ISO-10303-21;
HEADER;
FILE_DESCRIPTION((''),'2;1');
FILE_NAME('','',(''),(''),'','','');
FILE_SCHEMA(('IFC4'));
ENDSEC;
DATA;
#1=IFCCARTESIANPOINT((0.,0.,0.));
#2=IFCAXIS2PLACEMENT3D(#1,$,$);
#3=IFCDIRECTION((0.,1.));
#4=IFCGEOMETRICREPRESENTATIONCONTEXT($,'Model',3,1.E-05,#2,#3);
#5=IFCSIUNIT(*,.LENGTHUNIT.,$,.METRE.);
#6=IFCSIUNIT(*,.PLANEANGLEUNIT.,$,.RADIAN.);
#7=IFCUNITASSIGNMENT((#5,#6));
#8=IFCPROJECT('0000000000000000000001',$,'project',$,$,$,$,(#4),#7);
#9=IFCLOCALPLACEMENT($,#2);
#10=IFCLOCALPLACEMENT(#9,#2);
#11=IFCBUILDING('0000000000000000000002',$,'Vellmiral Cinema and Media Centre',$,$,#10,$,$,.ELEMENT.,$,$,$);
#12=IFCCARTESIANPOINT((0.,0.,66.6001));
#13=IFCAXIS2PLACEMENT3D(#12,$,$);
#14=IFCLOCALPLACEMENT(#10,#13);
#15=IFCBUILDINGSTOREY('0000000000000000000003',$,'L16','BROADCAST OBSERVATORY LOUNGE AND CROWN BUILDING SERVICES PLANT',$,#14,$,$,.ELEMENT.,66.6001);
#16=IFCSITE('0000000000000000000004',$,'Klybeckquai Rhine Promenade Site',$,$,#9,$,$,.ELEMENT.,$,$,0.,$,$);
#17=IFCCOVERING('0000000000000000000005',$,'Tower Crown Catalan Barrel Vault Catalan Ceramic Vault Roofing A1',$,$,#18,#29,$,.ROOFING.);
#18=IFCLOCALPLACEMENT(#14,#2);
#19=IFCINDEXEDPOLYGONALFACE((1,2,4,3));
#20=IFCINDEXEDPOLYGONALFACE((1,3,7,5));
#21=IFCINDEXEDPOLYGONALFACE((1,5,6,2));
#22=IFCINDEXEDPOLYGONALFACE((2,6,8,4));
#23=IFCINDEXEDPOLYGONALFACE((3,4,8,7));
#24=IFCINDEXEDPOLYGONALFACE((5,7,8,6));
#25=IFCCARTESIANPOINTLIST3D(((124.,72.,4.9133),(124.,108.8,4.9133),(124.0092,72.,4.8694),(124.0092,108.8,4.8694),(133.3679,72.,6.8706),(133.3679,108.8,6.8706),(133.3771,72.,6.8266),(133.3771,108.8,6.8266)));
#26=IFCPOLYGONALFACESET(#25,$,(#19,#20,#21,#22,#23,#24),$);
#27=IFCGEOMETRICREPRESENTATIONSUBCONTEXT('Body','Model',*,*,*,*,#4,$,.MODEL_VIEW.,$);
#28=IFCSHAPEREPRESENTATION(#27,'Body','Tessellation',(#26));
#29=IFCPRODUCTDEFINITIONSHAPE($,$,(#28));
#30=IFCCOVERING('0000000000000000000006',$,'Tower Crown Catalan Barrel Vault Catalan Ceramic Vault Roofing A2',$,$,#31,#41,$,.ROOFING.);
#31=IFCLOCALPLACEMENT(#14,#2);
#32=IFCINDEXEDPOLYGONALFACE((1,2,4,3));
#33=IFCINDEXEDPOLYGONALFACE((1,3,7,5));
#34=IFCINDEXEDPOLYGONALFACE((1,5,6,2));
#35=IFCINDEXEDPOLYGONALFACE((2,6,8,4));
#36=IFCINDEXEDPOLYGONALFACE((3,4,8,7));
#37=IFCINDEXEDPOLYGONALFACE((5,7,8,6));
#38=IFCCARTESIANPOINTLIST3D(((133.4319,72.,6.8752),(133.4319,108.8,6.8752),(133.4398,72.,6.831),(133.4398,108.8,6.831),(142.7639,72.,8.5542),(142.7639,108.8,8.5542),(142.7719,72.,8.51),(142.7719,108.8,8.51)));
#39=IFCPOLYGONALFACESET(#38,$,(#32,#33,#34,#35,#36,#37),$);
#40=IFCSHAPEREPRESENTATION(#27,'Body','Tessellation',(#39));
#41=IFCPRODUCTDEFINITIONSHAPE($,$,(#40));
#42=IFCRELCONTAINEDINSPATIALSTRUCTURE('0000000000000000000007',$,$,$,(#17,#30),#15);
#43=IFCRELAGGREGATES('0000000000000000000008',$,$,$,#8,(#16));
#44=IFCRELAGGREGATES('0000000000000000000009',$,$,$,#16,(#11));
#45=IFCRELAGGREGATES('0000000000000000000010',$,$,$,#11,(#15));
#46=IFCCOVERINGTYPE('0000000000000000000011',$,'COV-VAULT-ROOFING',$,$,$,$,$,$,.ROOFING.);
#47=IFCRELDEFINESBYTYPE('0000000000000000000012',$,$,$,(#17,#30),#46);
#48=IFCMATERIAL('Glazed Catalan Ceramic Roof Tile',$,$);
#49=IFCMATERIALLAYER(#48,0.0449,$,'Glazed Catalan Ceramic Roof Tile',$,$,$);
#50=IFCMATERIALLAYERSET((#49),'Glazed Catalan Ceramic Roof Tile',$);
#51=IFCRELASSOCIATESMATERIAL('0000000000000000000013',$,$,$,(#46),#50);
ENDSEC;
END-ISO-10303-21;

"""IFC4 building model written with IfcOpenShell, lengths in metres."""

from ifc_helpers import new_model, si_unit, direction, frame, origin, place, context, subcontext, project, spatial, polyline, outline, extrude, material, layer, layer_set, type_object, element, save


model = new_model("IFC4")

# Units and contexts
model_context = context("Model", 3, precision=1e-05, world=origin(), true_north=direction((0.0, 1.0)))
body_context = subcontext(model_context, "Body", "Model", "MODEL_VIEW")
ifc_project = project(units=[si_unit("LENGTHUNIT", "METRE"), si_unit("PLANEANGLEUNIT", "RADIAN")], contexts=[model_context])

# Site, building, storey
site_placement = place(None, origin())
site = spatial("IfcSite", under=ifc_project, at=site_placement, Name="Klybeckquai Rhine Promenade Site", CompositionType="ELEMENT", RefElevation=0.0)
building_placement = place(site_placement, origin())
building = spatial("IfcBuilding", under=site, at=building_placement, Name="Vellmiral Cinema and Media Centre", CompositionType="ELEMENT")
storey_placement = place(building_placement, frame((0.0, 0.0, 66.6001)))
storey = spatial("IfcBuildingStorey", under=building, at=storey_placement, Name="L16", Description="BROADCAST OBSERVATORY LOUNGE AND CROWN BUILDING SERVICES PLANT", CompositionType="ELEMENT", Elevation=66.6001)

# Coverings
ifc_material_1 = material(Name="Glazed Catalan Ceramic Roof Tile")
ifc_layer_1 = layer(ifc_material_1, 0.0449, Name="Glazed Catalan Ceramic Roof Tile")
ifc_layer_set_1 = layer_set([ifc_layer_1], Name="Glazed Catalan Ceramic Roof Tile")
covering_type = type_object("IfcCoveringType", Name="COV-VAULT-ROOFING", PredefinedType="ROOFING", material=ifc_layer_set_1)
covering_1_placement = place(storey_placement, frame((124.0, 72.0, 4.9133), z_axis=(-0.204518, 0.0, 0.978863), x_axis=(0.978863, 0.0, 0.204518)))
element("IfcCovering", 1, at=covering_1_placement, inside=storey, type_object=covering_type, Name="Tower Crown Catalan Barrel Vault Catalan Ceramic Vault Roofing A1", PredefinedType="ROOFING", context=body_context, shape_type="SweptSolid", body=[
    extrude(outline(polyline([(0.0, 0.0), (9.5702, 0.0), (9.5702, 36.8), (0.0, 36.8), (0.0, 0.0)])), origin(), (0.0, 0.0, -1.0), 0.0449),
])
covering_2_placement = place(storey_placement, frame((133.4319, 72.0, 6.8752), z_axis=(-0.17707, 0.0, 0.984198), x_axis=(0.984198, 0.0, 0.17707)))
element("IfcCovering", 2, at=covering_2_placement, inside=storey, type_object=covering_type, Name="Tower Crown Catalan Barrel Vault Catalan Ceramic Vault Roofing A2", PredefinedType="ROOFING", context=body_context, shape_type="SweptSolid", body=[
    extrude(outline(polyline([(0.0, 0.0), (9.4819, 0.0), (9.4819, 36.8), (0.0, 36.8), (0.0, 0.0)])), origin(), (0.0, 0.0, -1.0), 0.0449),
])

save(model, "model.ifc")
